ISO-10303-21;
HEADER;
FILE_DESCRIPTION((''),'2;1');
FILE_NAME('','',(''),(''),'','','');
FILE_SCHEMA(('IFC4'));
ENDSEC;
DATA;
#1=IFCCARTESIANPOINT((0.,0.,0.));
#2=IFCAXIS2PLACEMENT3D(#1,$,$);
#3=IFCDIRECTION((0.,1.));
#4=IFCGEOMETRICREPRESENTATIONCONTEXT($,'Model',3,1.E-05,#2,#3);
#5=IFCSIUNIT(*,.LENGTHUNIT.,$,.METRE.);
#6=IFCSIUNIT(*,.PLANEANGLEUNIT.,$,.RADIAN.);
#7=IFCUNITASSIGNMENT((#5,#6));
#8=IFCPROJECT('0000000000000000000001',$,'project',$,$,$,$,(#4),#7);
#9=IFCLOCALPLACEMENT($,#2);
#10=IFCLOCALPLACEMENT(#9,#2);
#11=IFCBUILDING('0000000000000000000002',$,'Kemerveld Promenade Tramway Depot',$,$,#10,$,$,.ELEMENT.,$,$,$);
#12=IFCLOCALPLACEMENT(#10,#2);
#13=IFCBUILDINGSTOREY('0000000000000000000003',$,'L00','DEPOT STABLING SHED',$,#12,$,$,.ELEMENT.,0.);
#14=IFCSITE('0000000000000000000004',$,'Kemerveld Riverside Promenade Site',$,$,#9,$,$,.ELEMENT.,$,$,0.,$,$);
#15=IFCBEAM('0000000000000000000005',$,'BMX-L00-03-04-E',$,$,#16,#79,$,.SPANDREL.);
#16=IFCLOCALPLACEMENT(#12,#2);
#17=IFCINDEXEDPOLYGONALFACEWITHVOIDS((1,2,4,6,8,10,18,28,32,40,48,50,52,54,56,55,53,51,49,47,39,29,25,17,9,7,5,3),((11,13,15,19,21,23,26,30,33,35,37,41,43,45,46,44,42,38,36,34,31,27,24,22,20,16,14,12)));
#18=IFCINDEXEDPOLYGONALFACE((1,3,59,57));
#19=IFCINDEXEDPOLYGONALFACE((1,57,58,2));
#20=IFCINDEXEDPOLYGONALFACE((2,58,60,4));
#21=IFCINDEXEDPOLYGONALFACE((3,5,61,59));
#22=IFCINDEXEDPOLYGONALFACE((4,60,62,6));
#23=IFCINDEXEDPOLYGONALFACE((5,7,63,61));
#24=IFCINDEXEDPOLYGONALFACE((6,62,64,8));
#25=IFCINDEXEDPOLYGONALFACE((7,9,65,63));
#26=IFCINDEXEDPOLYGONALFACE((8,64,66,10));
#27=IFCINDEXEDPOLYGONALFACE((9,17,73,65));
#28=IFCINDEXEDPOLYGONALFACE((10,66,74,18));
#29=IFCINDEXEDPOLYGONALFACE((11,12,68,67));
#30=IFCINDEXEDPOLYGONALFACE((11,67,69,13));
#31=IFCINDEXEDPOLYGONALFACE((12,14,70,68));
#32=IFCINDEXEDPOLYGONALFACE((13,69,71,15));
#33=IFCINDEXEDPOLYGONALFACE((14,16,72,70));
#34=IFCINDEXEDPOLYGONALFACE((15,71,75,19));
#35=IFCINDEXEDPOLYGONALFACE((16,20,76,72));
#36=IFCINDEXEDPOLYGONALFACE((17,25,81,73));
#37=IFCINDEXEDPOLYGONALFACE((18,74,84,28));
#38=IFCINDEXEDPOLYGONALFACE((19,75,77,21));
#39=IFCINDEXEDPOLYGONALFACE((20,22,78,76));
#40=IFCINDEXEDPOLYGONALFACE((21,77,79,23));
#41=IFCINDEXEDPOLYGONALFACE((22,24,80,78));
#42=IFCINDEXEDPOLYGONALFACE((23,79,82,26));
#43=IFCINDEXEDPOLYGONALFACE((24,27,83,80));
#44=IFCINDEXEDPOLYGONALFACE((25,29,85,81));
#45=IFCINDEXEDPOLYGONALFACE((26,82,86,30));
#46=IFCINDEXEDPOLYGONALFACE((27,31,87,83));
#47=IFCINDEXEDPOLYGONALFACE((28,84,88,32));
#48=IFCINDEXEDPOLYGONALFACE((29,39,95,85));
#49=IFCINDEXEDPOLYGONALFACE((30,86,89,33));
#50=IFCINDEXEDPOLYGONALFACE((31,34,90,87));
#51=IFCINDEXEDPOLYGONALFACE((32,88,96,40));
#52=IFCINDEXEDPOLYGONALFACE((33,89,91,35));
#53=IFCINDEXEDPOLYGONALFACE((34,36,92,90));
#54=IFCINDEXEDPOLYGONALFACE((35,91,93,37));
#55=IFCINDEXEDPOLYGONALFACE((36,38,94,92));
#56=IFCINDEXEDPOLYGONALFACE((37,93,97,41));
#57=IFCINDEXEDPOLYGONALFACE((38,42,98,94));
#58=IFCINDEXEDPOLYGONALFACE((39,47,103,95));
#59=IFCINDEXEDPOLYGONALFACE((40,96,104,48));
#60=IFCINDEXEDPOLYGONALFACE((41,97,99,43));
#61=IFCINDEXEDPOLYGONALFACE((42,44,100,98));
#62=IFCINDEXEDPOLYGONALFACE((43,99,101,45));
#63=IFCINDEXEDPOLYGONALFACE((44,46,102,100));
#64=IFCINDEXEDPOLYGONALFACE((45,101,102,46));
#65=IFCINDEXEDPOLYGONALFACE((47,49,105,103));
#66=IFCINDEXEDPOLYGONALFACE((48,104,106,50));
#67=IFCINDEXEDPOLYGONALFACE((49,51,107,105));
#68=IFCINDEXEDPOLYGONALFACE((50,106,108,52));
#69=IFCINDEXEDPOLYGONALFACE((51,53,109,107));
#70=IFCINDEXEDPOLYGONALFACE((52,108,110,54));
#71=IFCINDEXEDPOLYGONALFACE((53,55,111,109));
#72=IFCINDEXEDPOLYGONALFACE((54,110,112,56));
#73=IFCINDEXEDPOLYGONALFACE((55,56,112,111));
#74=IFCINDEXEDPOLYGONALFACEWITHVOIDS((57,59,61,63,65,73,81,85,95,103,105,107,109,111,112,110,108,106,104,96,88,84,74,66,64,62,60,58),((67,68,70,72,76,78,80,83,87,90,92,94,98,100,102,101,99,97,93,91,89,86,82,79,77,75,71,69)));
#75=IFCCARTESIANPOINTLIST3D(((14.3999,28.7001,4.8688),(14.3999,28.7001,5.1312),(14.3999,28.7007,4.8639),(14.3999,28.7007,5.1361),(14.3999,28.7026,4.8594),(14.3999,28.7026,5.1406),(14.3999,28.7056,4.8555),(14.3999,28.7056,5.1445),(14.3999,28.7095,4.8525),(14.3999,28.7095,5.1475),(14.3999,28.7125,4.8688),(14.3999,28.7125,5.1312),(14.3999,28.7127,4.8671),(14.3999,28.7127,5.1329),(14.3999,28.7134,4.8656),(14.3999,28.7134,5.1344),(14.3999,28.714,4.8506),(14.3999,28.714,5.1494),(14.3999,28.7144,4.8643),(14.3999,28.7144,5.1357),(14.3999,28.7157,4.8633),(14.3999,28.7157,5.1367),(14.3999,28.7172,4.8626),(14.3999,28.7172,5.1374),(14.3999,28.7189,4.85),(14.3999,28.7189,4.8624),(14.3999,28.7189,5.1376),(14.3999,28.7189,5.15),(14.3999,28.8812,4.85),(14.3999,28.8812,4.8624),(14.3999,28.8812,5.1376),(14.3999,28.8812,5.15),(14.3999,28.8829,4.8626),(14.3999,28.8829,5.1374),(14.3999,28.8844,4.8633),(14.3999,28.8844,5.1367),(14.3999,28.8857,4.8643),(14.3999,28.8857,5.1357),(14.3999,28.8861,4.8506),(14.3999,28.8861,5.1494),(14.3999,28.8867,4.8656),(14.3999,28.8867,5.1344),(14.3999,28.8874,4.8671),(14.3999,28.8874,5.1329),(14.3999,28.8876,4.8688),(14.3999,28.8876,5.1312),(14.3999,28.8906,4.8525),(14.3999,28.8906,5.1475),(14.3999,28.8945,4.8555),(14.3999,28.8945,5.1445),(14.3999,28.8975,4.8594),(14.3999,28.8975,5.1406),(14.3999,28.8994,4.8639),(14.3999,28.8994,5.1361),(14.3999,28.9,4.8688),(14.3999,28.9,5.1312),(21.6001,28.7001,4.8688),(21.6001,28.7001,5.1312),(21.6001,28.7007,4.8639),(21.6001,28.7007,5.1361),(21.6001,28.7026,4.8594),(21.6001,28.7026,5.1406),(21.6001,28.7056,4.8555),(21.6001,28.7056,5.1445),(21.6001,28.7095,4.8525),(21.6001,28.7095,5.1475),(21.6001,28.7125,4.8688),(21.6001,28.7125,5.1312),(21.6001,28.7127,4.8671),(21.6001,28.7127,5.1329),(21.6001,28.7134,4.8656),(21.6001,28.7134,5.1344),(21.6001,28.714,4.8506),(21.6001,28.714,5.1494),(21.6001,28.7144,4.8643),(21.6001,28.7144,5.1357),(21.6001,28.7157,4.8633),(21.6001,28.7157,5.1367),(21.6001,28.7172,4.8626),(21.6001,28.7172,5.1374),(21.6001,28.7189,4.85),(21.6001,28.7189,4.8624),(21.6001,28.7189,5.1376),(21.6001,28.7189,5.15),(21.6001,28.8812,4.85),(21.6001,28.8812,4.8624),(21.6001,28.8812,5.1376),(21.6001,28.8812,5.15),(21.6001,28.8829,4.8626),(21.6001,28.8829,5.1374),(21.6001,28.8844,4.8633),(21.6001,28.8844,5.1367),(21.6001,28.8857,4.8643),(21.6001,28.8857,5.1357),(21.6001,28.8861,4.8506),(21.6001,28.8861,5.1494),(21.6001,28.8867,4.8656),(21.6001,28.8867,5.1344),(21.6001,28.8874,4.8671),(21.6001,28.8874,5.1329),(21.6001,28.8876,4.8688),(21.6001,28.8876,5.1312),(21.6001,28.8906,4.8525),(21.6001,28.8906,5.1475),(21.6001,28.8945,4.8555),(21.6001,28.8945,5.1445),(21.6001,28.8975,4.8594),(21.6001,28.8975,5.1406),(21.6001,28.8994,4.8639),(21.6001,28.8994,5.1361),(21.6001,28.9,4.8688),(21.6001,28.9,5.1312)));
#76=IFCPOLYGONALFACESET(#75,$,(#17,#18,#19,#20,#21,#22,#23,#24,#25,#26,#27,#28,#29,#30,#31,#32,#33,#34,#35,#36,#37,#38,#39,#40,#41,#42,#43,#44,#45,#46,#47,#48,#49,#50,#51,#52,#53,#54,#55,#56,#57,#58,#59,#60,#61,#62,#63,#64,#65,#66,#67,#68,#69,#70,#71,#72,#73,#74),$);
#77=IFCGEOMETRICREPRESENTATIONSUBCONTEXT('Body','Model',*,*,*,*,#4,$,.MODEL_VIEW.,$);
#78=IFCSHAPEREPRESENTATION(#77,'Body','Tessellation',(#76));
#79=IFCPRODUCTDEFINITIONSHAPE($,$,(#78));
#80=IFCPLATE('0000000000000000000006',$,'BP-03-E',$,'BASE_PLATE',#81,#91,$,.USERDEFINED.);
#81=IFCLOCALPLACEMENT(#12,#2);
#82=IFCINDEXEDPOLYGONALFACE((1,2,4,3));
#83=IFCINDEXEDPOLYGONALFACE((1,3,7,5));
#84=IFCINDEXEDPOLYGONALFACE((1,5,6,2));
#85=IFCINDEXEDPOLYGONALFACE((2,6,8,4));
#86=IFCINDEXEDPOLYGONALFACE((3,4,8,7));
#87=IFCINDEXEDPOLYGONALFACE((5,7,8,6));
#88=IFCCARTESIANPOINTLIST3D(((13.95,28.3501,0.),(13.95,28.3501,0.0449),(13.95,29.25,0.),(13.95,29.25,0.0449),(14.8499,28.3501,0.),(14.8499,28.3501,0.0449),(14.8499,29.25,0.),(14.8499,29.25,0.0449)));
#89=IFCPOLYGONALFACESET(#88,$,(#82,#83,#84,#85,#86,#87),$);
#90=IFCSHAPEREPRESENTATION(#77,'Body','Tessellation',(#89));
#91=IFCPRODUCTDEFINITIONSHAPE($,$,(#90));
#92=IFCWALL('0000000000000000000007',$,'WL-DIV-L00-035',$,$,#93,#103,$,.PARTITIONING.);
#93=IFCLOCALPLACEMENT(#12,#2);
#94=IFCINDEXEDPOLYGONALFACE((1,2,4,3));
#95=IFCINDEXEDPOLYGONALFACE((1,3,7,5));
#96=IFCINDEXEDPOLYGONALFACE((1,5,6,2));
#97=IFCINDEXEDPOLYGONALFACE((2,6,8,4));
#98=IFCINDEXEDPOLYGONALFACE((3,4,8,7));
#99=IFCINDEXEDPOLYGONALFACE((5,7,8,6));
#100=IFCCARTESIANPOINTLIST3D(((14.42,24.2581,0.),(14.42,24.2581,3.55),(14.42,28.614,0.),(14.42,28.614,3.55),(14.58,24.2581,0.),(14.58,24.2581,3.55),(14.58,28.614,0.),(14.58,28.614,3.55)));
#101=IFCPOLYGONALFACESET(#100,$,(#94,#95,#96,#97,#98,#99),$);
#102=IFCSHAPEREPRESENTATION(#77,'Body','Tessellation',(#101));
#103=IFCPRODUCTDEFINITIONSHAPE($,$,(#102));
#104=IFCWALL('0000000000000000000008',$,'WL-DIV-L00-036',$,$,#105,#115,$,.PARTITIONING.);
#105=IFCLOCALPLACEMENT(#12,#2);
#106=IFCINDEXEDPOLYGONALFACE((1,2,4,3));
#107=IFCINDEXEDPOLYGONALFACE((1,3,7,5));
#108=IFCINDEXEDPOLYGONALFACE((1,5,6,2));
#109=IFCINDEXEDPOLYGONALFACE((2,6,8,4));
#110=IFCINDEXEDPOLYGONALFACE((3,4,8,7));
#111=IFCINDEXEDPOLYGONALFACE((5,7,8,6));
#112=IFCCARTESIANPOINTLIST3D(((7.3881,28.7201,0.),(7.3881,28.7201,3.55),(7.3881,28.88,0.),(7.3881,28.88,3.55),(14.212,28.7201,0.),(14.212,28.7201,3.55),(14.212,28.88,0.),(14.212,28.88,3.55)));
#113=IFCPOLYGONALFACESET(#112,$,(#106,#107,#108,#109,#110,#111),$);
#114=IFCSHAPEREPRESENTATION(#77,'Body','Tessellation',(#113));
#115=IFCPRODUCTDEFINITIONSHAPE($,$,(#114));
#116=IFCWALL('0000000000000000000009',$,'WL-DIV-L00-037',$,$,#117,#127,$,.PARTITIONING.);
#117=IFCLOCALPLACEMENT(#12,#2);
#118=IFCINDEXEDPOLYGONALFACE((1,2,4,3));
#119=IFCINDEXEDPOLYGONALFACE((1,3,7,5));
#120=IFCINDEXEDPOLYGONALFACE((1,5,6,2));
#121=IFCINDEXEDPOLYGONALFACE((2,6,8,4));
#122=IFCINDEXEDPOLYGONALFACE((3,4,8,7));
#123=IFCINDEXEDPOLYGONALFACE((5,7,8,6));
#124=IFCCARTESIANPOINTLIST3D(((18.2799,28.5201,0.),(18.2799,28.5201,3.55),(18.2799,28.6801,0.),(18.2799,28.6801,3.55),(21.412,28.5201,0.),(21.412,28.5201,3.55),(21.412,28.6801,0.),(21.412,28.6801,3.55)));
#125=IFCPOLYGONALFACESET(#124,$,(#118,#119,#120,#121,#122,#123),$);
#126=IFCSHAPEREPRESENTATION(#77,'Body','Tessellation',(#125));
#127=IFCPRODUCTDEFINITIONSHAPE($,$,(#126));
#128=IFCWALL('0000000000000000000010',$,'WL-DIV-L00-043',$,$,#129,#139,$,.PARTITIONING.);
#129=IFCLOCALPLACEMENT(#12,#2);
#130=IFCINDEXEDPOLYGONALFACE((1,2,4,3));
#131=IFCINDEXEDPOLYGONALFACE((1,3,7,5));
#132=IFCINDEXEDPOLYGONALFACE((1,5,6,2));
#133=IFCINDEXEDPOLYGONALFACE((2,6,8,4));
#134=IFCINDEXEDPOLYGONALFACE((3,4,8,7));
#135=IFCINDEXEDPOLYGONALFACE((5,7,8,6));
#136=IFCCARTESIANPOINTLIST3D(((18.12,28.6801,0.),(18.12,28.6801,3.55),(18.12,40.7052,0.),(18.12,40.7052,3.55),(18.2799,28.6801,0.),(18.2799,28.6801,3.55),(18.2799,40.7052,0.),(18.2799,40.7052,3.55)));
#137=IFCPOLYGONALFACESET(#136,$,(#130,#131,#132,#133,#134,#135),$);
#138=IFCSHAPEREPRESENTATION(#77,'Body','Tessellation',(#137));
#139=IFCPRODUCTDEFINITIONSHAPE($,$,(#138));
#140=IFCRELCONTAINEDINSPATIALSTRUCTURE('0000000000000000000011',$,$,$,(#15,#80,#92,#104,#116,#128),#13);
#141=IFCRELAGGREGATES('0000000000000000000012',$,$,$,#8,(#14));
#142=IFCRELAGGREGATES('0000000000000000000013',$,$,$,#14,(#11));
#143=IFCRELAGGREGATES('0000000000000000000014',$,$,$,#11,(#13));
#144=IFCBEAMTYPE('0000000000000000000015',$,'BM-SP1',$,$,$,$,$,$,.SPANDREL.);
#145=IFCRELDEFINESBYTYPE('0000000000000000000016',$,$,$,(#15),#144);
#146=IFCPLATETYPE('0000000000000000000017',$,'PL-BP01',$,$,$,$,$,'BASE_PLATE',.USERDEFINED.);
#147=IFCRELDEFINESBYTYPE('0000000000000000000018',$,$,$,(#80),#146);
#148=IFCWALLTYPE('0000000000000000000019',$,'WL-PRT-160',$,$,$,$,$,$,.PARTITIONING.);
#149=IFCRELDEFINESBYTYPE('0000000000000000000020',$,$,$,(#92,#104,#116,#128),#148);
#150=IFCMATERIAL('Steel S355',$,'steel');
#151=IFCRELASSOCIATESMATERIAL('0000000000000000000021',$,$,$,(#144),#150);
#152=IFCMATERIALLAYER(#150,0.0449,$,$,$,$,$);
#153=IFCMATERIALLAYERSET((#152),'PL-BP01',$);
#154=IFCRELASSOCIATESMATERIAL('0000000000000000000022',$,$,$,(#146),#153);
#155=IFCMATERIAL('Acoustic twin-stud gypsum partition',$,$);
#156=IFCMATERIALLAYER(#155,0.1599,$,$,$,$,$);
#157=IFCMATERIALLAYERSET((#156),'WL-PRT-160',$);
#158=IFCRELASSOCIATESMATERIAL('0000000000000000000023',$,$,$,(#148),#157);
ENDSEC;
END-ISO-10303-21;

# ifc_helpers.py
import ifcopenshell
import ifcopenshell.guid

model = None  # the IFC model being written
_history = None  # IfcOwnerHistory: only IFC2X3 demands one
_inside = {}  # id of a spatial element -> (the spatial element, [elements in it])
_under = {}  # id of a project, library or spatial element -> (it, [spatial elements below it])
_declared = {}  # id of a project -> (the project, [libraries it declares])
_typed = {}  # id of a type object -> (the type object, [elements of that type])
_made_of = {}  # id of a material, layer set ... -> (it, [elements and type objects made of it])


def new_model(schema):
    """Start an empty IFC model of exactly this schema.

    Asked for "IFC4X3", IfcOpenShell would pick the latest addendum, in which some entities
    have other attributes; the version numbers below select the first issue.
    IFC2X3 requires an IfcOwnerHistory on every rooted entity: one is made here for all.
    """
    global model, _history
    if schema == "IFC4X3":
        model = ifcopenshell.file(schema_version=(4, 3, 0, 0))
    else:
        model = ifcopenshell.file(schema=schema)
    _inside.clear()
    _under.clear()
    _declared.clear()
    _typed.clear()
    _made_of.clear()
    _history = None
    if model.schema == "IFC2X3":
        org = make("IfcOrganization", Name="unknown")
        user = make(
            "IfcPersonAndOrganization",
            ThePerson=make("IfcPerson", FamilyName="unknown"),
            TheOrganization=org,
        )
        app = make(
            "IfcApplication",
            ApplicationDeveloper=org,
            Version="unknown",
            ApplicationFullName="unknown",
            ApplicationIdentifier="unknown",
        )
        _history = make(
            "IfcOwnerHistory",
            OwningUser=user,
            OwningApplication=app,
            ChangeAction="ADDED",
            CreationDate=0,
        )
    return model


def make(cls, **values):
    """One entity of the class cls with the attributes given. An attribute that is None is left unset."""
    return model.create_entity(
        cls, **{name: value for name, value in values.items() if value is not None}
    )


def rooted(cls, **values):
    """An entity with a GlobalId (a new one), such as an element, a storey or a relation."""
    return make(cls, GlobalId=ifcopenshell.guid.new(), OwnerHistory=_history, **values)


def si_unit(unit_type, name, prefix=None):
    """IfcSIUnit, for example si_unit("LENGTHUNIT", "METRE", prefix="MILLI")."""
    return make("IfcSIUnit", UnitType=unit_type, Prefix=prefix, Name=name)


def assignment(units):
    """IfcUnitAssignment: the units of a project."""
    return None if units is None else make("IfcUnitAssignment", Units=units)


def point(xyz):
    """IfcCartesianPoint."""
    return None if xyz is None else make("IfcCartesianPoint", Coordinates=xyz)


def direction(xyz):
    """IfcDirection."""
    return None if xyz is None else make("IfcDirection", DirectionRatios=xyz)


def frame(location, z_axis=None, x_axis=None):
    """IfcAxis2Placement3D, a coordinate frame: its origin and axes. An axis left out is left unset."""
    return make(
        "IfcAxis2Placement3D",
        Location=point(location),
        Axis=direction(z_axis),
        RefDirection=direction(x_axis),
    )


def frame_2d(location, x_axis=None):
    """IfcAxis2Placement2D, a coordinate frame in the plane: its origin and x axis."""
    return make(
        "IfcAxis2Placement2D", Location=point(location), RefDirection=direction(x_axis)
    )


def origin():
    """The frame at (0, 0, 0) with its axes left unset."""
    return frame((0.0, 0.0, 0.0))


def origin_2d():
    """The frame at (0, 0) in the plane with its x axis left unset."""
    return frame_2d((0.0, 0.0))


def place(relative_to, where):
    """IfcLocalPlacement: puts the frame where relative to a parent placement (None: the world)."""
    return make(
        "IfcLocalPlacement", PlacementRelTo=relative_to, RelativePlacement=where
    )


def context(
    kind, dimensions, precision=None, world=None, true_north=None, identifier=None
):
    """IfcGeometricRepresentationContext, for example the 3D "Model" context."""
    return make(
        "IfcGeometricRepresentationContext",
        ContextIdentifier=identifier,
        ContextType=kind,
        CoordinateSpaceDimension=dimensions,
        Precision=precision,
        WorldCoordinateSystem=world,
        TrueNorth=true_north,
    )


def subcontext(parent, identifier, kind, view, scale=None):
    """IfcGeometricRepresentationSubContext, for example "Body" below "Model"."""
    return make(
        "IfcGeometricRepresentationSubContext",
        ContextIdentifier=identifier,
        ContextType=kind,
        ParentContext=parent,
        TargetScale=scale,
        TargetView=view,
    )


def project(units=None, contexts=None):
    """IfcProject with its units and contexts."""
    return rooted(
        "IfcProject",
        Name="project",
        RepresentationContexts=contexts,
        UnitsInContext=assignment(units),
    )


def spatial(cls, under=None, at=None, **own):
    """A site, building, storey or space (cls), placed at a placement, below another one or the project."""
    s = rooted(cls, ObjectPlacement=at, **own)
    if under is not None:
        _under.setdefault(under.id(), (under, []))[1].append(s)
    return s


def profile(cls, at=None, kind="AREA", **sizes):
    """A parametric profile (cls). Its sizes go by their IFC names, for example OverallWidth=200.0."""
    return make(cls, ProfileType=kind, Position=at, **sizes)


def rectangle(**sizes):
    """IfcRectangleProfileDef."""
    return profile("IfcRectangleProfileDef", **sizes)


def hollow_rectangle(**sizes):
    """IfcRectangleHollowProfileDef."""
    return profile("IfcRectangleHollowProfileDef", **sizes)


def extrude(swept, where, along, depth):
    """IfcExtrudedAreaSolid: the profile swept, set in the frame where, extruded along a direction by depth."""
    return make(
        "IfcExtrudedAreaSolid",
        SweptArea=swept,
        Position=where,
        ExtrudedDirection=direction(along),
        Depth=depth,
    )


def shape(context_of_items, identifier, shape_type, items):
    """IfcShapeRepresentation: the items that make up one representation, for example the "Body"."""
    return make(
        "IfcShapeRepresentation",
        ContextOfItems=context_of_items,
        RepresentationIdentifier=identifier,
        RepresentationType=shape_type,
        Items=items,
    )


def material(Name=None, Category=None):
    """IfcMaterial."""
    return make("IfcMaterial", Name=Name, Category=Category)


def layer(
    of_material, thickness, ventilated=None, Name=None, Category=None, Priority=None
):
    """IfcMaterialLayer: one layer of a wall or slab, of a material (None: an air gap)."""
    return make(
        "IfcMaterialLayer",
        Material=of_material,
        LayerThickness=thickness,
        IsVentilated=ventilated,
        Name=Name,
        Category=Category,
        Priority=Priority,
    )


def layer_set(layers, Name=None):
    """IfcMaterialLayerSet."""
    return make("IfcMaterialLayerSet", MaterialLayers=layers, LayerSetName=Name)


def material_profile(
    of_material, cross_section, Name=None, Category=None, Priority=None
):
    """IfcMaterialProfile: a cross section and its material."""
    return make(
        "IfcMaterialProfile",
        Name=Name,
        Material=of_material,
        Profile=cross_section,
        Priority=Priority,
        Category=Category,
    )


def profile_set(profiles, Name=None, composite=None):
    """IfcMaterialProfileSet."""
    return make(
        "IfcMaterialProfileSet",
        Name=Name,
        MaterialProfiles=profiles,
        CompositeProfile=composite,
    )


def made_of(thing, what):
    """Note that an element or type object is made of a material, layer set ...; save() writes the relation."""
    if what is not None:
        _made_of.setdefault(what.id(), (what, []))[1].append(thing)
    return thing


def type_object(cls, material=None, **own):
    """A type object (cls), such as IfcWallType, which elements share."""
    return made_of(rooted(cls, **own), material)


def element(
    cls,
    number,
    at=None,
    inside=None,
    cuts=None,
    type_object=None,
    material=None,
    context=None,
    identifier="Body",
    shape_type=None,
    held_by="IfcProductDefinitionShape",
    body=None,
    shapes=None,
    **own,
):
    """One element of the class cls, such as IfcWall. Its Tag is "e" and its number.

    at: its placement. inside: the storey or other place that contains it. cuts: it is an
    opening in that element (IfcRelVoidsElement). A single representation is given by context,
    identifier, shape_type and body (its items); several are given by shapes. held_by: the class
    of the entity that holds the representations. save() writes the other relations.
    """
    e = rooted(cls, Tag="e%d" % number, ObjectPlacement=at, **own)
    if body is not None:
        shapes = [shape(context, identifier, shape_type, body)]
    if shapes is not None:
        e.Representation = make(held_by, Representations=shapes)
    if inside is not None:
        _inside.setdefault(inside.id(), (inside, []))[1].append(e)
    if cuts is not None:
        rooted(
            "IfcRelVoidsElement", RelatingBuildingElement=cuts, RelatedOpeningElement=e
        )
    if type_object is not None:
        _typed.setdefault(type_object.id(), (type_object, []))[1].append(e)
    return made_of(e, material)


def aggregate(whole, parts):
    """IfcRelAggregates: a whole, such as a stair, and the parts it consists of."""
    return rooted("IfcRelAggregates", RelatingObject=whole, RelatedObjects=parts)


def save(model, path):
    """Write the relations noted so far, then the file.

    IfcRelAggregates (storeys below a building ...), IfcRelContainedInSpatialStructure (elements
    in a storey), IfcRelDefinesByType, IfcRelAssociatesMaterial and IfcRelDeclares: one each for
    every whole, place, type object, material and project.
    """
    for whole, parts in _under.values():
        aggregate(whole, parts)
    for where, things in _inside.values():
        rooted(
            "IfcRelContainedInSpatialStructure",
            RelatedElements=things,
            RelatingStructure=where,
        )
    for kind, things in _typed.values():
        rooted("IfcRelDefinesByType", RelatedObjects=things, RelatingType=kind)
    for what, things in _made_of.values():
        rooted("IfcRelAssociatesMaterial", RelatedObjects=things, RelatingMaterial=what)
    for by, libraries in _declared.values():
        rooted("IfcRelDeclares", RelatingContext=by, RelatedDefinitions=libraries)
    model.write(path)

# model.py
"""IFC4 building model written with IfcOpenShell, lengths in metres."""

from ifc_helpers import new_model, si_unit, direction, frame, frame_2d, origin, origin_2d, place, context, subcontext, project, spatial, rectangle, hollow_rectangle, extrude, material, layer, layer_set, material_profile, profile_set, type_object, element, save


model = new_model("IFC4")

# Units and contexts
model_context = context("Model", 3, precision=1e-05, world=origin(), true_north=direction((0.0, 1.0)))
body_context = subcontext(model_context, "Body", "Model", "MODEL_VIEW")
ifc_project = project(units=[si_unit("LENGTHUNIT", "METRE"), si_unit("PLANEANGLEUNIT", "RADIAN")], contexts=[model_context])

# Site, building, storey
site_placement = place(None, origin())
site = spatial("IfcSite", under=ifc_project, at=site_placement, Name="Kemerveld Riverside Promenade Site", CompositionType="ELEMENT", RefElevation=0.0)
building_placement = place(site_placement, origin())
building = spatial("IfcBuilding", under=site, at=building_placement, Name="Kemerveld Promenade Tramway Depot", CompositionType="ELEMENT")
storey_placement = place(building_placement, origin())
storey = spatial("IfcBuildingStorey", under=building, at=storey_placement, Name="L00", Description="DEPOT STABLING SHED", CompositionType="ELEMENT", Elevation=0.0)

# Shared definitions
ifc_material_1 = material(Name="Steel S355", Category="steel")

# Beam
ifc_material_profile_1 = material_profile(ifc_material_1, hollow_rectangle(XDim=0.2, YDim=0.3, WallThickness=0.0125, InnerFilletRadius=0.0063, OuterFilletRadius=0.0188, at=origin_2d()), Name="300x200x12.5 RHS")
ifc_profile_set_1 = profile_set([ifc_material_profile_1], Name="Steel S355")
beam_type_1 = type_object("IfcBeamType", Name="BM-SP1", PredefinedType="SPANDREL", material=ifc_profile_set_1)
beam_1_placement = place(storey_placement, frame((14.3999, 28.8, 5.0), z_axis=(1.0, 0.0, 0.0), x_axis=(0.0, 1.0, 0.0)))
element("IfcBeam", 1, at=beam_1_placement, inside=storey, type_object=beam_type_1, Name="BMX-L00-03-04-E", PredefinedType="SPANDREL", context=body_context, shape_type="SweptSolid", body=[
    extrude(hollow_rectangle(XDim=0.2, YDim=0.3, WallThickness=0.0125, InnerFilletRadius=0.0063, OuterFilletRadius=0.0188, at=origin_2d()), origin(), (0.0, 0.0, 1.0), 7.2002),
])

# Plate
ifc_layer_1 = layer(ifc_material_1, 0.0449)
ifc_layer_set_1 = layer_set([ifc_layer_1], Name="PL-BP01")
plate_type = type_object("IfcPlateType", Name="PL-BP01", ElementType="BASE_PLATE", PredefinedType="USERDEFINED", material=ifc_layer_set_1)
plate_placement = place(storey_placement, frame((14.3999, 28.8, 0.0), z_axis=(0.0, 0.0, 1.0), x_axis=(1.0, 0.0, 0.0)))
element("IfcPlate", 2, at=plate_placement, inside=storey, type_object=plate_type, Name="BP-03-E", ObjectType="BASE_PLATE", PredefinedType="USERDEFINED", context=body_context, shape_type="SweptSolid", body=[
    extrude(rectangle(XDim=0.8999, YDim=0.8999, at=origin_2d()), origin(), (0.0, 0.0, 1.0), 0.0449),
])

# Walls
ifc_material_2 = material(Name="Acoustic twin-stud gypsum partition")
ifc_layer_2 = layer(ifc_material_2, 0.1599)
ifc_layer_set_2 = layer_set([ifc_layer_2], Name="WL-PRT-160")
wall_type = type_object("IfcWallType", Name="WL-PRT-160", PredefinedType="PARTITIONING", material=ifc_layer_set_2)
wall_1_placement = place(storey_placement, frame((14.5, 24.2581, 0.0), z_axis=(0.0, 0.0, 1.0), x_axis=(0.0, 1.0, 0.0)))
element("IfcWall", 3, at=wall_1_placement, inside=storey, type_object=wall_type, Name="WL-DIV-L00-035", PredefinedType="PARTITIONING", context=body_context, shape_type="SweptSolid", body=[
    extrude(rectangle(XDim=4.356, YDim=0.1599, at=frame_2d((2.178, 0.0))), origin(), (0.0, 0.0, 1.0), 3.55),
])
wall_2_placement = place(storey_placement, frame((7.3879, 28.8, 0.0), z_axis=(0.0, 0.0, 1.0), x_axis=(1.0, 0.0, 0.0)))
element("IfcWall", 4, at=wall_2_placement, inside=storey, type_object=wall_type, Name="WL-DIV-L00-036", PredefinedType="PARTITIONING", context=body_context, shape_type="SweptSolid", body=[
    extrude(rectangle(XDim=6.824, YDim=0.1599, at=frame_2d((3.4121, 0.0))), origin(), (0.0, 0.0, 1.0), 3.55),
])
wall_3_placement = place(storey_placement, frame((18.28, 28.6001, 0.0), z_axis=(0.0, 0.0, 1.0), x_axis=(1.0, 0.0, 0.0)))
element("IfcWall", 5, at=wall_3_placement, inside=storey, type_object=wall_type, Name="WL-DIV-L00-037", PredefinedType="PARTITIONING", context=body_context, shape_type="SweptSolid", body=[
    extrude(rectangle(XDim=3.1321, YDim=0.1599, at=frame_2d((1.5659, 0.0))), origin(), (0.0, 0.0, 1.0), 3.55),
])
wall_4_placement = place(storey_placement, frame((18.2, 28.6799, 0.0), z_axis=(0.0, 0.0, 1.0), x_axis=(0.0, 1.0, 0.0)))
element("IfcWall", 6, at=wall_4_placement, inside=storey, type_object=wall_type, Name="WL-DIV-L00-043", PredefinedType="PARTITIONING", context=body_context, shape_type="SweptSolid", body=[
    extrude(rectangle(XDim=12.0251, YDim=0.1599, at=frame_2d((6.0127, 0.0))), origin(), (0.0, 0.0, 1.0), 3.55),
])

save(model, "model.ifc")
